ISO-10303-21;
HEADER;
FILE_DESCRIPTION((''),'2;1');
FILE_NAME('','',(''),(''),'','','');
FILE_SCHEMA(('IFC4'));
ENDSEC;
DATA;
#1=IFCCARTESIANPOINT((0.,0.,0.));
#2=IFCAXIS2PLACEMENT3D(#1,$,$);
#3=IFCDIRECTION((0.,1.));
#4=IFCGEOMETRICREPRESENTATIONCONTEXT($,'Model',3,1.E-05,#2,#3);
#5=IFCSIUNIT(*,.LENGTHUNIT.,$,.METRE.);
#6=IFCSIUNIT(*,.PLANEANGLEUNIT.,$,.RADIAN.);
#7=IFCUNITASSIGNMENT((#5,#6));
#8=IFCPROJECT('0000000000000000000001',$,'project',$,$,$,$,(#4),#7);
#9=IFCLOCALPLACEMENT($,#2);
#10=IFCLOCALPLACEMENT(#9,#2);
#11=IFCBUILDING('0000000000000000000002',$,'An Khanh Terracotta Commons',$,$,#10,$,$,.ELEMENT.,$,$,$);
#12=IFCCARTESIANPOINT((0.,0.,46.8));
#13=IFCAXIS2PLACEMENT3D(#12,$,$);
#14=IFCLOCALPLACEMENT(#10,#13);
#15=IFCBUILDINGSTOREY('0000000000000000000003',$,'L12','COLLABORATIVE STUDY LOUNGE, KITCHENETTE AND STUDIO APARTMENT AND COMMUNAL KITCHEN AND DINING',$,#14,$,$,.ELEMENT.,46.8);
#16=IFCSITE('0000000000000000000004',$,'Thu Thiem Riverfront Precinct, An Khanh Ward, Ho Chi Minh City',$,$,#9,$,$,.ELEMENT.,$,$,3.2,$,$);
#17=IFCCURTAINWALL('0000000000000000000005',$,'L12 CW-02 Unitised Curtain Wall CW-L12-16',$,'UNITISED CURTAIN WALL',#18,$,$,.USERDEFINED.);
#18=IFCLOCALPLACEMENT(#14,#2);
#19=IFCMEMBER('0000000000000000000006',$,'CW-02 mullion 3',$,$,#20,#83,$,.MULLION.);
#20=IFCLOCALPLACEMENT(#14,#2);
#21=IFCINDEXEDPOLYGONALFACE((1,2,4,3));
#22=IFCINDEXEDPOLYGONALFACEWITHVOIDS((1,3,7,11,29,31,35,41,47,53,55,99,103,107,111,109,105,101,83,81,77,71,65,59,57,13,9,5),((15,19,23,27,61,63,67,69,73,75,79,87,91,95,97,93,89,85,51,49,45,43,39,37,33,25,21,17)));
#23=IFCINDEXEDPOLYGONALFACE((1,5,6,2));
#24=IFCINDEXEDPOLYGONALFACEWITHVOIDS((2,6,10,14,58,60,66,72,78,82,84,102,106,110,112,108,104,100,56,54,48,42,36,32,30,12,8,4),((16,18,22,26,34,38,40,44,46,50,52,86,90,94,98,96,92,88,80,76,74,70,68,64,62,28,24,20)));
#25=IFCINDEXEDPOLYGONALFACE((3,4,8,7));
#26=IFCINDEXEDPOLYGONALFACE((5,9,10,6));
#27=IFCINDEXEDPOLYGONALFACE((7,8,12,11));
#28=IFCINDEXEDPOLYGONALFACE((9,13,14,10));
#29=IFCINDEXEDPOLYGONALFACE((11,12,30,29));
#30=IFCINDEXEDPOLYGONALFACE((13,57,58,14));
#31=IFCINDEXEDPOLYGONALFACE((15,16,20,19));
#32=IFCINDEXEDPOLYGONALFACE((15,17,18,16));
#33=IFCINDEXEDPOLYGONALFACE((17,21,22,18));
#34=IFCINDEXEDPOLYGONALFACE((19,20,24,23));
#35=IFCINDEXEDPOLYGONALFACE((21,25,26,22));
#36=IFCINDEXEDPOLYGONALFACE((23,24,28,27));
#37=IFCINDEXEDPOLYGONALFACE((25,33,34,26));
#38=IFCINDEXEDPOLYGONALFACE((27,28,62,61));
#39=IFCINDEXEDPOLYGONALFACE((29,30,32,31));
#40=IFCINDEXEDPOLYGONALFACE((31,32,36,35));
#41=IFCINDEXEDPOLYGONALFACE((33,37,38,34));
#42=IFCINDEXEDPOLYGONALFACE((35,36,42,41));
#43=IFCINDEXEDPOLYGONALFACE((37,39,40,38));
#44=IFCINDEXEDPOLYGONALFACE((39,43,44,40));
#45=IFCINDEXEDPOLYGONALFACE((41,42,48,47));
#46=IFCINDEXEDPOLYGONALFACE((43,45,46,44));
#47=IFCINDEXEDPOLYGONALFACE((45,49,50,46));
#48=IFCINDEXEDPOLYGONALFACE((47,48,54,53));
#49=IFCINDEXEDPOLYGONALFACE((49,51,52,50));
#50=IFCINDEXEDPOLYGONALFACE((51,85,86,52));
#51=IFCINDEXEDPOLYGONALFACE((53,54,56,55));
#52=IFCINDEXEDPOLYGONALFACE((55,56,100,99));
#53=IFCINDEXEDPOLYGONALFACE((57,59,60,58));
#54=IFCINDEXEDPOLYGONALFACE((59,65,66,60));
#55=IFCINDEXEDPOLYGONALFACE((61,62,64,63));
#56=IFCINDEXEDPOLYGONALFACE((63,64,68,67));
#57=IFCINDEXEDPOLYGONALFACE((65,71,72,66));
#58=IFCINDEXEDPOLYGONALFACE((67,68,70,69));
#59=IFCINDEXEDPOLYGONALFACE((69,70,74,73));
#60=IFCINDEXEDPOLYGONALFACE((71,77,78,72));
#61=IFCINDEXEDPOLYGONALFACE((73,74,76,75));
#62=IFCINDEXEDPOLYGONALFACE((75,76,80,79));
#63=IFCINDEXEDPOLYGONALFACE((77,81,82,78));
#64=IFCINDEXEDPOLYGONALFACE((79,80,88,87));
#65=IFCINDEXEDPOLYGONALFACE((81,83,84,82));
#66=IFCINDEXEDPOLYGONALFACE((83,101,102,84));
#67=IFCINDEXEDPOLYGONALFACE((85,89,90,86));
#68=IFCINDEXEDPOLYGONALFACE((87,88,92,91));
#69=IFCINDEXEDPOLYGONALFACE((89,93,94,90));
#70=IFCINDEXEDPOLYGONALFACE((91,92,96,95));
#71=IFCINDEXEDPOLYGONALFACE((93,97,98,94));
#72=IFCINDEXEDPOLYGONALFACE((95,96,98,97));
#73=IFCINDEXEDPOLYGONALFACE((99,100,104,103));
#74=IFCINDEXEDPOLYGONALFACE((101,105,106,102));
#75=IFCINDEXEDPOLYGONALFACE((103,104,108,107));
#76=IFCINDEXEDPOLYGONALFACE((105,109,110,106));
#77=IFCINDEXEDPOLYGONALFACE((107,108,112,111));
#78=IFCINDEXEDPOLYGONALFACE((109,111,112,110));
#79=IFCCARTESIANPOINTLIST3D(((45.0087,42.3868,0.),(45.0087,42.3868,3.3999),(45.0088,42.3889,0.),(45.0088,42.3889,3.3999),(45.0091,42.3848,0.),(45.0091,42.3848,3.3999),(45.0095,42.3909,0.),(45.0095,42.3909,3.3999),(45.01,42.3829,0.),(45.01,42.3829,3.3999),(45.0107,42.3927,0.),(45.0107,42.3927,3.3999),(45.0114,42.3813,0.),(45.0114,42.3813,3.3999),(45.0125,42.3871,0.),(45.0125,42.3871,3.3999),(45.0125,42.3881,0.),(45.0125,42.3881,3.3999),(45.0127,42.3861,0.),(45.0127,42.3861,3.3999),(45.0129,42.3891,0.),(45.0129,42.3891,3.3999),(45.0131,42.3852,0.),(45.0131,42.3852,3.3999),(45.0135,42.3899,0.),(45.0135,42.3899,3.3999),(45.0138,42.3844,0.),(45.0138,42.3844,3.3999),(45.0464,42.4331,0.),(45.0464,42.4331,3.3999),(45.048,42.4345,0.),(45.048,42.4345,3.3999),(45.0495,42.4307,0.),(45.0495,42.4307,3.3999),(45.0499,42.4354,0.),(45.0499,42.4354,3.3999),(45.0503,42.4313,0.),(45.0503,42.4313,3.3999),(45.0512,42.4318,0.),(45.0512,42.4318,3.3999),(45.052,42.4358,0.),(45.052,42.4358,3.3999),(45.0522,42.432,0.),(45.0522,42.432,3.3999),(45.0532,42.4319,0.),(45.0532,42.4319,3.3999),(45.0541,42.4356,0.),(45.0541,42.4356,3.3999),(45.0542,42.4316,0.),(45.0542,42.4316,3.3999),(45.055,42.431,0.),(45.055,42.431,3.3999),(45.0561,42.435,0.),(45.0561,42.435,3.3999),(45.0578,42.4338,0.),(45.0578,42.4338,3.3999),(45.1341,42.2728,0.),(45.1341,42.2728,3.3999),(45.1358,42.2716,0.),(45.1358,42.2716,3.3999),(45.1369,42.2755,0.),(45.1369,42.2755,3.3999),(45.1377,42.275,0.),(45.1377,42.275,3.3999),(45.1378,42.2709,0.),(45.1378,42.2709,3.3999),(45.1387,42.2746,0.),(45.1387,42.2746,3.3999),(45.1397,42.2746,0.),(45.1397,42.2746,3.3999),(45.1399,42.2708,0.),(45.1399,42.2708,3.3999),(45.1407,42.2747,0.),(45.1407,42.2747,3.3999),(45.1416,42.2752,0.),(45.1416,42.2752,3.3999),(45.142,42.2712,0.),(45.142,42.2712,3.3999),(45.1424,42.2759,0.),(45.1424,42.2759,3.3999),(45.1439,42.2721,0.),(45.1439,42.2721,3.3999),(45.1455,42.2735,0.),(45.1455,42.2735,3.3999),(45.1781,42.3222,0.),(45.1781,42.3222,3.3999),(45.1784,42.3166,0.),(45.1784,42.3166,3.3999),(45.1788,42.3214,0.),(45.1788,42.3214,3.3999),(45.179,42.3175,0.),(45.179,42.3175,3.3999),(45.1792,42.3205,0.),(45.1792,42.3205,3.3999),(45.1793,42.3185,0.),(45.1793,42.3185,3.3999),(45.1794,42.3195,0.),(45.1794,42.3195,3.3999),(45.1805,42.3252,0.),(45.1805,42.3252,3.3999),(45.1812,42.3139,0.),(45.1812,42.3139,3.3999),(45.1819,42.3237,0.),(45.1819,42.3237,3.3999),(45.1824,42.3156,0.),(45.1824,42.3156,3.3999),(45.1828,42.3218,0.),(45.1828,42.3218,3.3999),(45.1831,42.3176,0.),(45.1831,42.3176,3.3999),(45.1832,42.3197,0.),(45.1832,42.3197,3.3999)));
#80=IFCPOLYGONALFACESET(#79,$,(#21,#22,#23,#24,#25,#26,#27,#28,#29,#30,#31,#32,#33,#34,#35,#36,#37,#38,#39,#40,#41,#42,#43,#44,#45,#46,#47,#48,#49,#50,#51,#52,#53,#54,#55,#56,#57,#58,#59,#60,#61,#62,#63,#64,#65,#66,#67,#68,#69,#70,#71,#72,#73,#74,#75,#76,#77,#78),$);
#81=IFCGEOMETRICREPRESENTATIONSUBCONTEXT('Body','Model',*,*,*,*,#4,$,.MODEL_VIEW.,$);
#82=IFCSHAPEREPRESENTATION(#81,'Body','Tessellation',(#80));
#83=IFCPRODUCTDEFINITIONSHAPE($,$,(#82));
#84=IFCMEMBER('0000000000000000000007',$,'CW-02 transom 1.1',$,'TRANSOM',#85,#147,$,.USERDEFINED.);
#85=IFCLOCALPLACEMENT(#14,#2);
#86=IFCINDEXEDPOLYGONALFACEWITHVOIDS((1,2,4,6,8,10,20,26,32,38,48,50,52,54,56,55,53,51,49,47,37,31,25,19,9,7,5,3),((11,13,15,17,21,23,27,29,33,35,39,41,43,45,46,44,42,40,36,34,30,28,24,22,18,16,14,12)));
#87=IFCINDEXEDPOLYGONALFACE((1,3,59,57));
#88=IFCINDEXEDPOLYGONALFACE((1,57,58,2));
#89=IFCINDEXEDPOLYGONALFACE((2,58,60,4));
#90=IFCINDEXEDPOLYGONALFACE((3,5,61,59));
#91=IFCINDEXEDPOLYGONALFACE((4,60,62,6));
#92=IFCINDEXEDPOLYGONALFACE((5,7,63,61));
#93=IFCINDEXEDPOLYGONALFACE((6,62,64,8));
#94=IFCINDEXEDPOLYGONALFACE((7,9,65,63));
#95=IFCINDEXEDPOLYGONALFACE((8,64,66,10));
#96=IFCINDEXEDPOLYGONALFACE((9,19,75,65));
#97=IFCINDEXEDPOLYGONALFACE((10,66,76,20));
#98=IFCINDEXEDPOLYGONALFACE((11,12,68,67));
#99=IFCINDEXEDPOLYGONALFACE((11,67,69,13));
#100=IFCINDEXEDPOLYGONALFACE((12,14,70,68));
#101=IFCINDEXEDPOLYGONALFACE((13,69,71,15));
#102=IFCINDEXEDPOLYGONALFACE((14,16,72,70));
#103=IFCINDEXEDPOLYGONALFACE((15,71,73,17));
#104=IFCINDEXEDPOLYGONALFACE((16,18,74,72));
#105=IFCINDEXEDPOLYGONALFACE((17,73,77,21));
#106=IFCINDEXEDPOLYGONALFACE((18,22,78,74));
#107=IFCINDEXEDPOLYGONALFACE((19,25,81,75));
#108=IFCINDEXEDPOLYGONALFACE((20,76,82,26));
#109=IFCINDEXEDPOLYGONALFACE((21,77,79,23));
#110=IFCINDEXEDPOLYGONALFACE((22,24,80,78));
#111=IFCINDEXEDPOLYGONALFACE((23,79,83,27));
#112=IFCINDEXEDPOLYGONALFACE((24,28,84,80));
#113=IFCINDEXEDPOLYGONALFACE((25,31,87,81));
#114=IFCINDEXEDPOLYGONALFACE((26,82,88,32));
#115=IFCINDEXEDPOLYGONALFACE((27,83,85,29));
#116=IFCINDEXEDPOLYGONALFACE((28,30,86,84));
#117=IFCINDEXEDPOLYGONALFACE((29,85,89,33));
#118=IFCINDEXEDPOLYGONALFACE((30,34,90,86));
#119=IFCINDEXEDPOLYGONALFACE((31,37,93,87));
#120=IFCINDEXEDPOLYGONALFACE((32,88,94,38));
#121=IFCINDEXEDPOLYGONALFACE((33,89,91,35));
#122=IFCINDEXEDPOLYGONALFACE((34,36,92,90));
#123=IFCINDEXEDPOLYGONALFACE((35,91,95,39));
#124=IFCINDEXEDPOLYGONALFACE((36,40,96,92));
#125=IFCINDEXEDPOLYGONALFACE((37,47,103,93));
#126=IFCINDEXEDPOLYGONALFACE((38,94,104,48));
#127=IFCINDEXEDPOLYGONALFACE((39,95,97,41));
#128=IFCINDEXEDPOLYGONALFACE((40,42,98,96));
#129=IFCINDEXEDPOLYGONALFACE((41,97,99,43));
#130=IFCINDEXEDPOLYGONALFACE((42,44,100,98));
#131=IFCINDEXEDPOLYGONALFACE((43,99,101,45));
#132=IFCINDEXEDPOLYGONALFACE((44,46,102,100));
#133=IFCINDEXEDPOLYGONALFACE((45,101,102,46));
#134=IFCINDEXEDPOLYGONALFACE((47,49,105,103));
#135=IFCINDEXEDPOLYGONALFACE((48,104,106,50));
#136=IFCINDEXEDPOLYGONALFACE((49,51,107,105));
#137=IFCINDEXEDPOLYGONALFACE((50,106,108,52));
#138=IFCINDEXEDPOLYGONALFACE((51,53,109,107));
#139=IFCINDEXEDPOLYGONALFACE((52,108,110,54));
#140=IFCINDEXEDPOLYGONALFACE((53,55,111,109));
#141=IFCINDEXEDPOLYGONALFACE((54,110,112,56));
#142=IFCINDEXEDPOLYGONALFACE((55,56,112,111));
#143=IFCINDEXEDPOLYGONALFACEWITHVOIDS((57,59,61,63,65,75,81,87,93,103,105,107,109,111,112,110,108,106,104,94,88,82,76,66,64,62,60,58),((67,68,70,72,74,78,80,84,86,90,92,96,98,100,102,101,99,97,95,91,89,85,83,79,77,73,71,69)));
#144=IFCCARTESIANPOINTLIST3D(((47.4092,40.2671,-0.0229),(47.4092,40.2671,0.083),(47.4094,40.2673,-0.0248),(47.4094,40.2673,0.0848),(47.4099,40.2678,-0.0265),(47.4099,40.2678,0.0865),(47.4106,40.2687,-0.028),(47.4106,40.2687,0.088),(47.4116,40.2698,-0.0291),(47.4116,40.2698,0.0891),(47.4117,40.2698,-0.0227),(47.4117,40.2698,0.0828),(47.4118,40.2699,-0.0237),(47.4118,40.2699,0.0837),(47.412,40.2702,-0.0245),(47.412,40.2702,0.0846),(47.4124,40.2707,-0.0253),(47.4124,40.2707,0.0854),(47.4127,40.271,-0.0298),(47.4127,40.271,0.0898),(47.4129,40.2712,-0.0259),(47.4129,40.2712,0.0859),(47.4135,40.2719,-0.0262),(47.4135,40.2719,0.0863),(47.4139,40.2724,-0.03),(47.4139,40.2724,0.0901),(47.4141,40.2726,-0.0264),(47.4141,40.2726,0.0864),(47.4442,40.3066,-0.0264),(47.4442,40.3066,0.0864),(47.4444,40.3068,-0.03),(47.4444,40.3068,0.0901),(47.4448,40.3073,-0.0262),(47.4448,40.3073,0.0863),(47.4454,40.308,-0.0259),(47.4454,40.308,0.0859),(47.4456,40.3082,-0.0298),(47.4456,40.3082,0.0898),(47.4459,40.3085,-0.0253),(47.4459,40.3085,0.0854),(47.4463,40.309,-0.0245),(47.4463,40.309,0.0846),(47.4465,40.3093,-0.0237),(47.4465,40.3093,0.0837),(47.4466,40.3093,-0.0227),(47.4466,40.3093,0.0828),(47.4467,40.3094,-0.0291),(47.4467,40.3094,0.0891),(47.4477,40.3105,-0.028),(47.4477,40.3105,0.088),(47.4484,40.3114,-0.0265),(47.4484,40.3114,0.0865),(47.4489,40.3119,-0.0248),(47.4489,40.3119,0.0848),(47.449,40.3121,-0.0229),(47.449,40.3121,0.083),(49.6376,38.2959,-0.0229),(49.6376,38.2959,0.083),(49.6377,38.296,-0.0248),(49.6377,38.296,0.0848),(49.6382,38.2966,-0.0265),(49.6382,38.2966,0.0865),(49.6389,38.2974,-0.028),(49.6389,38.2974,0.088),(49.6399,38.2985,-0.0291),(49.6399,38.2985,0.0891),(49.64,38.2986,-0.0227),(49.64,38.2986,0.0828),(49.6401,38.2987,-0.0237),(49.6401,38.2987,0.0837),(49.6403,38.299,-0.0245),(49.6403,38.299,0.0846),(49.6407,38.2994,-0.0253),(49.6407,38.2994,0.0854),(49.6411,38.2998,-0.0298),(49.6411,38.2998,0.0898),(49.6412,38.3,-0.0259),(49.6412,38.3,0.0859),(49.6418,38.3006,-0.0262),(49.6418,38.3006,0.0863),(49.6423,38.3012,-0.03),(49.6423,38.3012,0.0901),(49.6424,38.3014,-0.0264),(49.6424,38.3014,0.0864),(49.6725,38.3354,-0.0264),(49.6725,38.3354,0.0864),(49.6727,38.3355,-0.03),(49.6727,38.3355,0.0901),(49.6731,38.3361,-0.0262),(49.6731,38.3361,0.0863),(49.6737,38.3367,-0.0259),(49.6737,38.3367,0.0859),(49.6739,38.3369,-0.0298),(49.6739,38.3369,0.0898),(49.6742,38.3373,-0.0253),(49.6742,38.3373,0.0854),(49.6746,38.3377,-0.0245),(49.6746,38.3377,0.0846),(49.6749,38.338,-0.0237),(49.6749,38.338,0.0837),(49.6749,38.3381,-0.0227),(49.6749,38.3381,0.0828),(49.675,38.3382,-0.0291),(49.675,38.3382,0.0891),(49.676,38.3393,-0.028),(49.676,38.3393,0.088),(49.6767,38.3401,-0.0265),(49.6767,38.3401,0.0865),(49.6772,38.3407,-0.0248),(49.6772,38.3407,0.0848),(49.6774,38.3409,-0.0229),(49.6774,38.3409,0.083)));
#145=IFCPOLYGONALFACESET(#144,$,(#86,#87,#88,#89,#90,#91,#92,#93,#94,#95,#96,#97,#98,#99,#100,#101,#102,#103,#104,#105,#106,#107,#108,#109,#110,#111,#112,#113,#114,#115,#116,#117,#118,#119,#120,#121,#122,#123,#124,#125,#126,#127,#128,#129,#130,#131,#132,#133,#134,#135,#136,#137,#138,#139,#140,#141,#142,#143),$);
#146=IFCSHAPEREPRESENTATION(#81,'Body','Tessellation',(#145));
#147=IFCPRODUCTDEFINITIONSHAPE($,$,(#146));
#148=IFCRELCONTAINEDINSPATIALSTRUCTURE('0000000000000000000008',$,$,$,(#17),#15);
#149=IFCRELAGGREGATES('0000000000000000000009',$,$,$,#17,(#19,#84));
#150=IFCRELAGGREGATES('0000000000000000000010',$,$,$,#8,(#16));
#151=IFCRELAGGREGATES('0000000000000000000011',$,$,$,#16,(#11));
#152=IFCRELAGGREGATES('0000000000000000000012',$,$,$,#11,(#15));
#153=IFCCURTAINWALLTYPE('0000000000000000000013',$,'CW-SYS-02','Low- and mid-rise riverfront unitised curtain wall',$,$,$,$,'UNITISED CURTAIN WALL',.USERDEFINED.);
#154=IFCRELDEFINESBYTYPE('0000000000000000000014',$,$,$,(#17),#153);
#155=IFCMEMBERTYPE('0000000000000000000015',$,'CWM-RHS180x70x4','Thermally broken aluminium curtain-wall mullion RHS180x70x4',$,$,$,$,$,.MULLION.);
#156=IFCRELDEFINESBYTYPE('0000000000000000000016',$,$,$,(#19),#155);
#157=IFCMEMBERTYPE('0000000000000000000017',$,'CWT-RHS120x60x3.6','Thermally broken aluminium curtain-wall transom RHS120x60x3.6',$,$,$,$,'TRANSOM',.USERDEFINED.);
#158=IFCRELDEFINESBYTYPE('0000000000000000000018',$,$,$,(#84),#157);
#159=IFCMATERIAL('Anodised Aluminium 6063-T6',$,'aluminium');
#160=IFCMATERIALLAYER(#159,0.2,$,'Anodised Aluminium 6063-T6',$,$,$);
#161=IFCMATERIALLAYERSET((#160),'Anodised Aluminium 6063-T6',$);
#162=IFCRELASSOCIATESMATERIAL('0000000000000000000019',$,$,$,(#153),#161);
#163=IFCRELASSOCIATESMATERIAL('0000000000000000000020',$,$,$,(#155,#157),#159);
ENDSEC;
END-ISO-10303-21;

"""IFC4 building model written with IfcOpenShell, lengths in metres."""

from ifc_helpers import new_model, si_unit, direction, frame, origin, origin_2d, place, context, subcontext, project, spatial, hollow_rectangle, extrude, material, layer, layer_set, material_profile, profile_set, type_object, element, aggregate, save


model = new_model("IFC4")

# Units and contexts
model_context = context("Model", 3, precision=1e-05, world=origin(), true_north=direction((0.0, 1.0)))
body_context = subcontext(model_context, "Body", "Model", "MODEL_VIEW")
ifc_project = project(units=[si_unit("LENGTHUNIT", "METRE"), si_unit("PLANEANGLEUNIT", "RADIAN")], contexts=[model_context])

# Site, building, storey
site_placement = place(None, origin())
site = spatial("IfcSite", under=ifc_project, at=site_placement, Name="Thu Thiem Riverfront Precinct, An Khanh Ward, Ho Chi Minh City", CompositionType="ELEMENT", RefElevation=3.2)
building_placement = place(site_placement, origin())
building = spatial("IfcBuilding", under=site, at=building_placement, Name="An Khanh Terracotta Commons", CompositionType="ELEMENT")
storey_placement = place(building_placement, frame((0.0, 0.0, 46.8)))
storey = spatial("IfcBuildingStorey", under=building, at=storey_placement, Name="L12", Description="COLLABORATIVE STUDY LOUNGE, KITCHENETTE AND STUDIO APARTMENT AND COMMUNAL KITCHEN AND DINING", CompositionType="ELEMENT", Elevation=46.8)

# Curtain wall, members
ifc_material_1 = material(Name="Anodised Aluminium 6063-T6", Category="aluminium")
ifc_layer_1 = layer(ifc_material_1, 0.2, Name="Anodised Aluminium 6063-T6")
ifc_layer_set_1 = layer_set([ifc_layer_1], Name="Anodised Aluminium 6063-T6")
curtain_wall_type = type_object("IfcCurtainWallType", Name="CW-SYS-02", Description="Low- and mid-rise riverfront unitised curtain wall", ElementType="UNITISED CURTAIN WALL", PredefinedType="USERDEFINED", material=ifc_layer_set_1)
curtain_wall_placement = place(storey_placement, origin())
curtain_wall = element("IfcCurtainWall", 1, at=curtain_wall_placement, inside=storey, type_object=curtain_wall_type, Name="L12 CW-02 Unitised Curtain Wall CW-L12-16", ObjectType="UNITISED CURTAIN WALL", PredefinedType="USERDEFINED")
ifc_material_profile_1 = material_profile(ifc_material_1, hollow_rectangle(XDim=0.0701, YDim=0.1799, WallThickness=0.0039, InnerFilletRadius=0.0039, OuterFilletRadius=0.0081, at=origin_2d()), Name="RHS180x70x4")
ifc_profile_set_1 = profile_set([ifc_material_profile_1], Name="Anodised Aluminium 6063-T6")
member_type_1 = type_object("IfcMemberType", Name="CWM-RHS180x70x4", Description="Thermally broken aluminium curtain-wall mullion RHS180x70x4", PredefinedType="MULLION", material=ifc_profile_set_1)
member_1_placement = place(storey_placement, frame((45.0959, 42.3533, 0.0), z_axis=(0.0, 0.0, 1.0), x_axis=(-0.662548, -0.749019, 0.0)))
member_1 = element("IfcMember", 2, at=member_1_placement, type_object=member_type_1, Name="CW-02 mullion 3", PredefinedType="MULLION", context=body_context, shape_type="SweptSolid", body=[
    extrude(hollow_rectangle(XDim=0.0701, YDim=0.1799, WallThickness=0.0039, InnerFilletRadius=0.0039, OuterFilletRadius=0.0081, at=origin_2d()), origin(), (0.0, 0.0, 1.0), 3.3999),
])
ifc_material_profile_2 = material_profile(ifc_material_1, hollow_rectangle(XDim=0.0601, YDim=0.1201, WallThickness=0.0037, InnerFilletRadius=0.0037, OuterFilletRadius=0.0071, at=origin_2d()), Name="RHS120x60x3.6")
ifc_profile_set_2 = profile_set([ifc_material_profile_2], Name="Anodised Aluminium 6063-T6")
member_type_2 = type_object("IfcMemberType", Name="CWT-RHS120x60x3.6", Description="Thermally broken aluminium curtain-wall transom RHS120x60x3.6", ElementType="TRANSOM", PredefinedType="USERDEFINED", material=ifc_profile_set_2)
member_2_placement = place(storey_placement, frame((49.6575, 38.3184, 0.03), z_axis=(-0.748992, 0.662579, 0.0), x_axis=(-0.662579, -0.748992, 0.0)))
member_2 = element("IfcMember", 3, at=member_2_placement, type_object=member_type_2, Name="CW-02 transom 1.1", ObjectType="TRANSOM", PredefinedType="USERDEFINED", context=body_context, shape_type="SweptSolid", body=[
    extrude(hollow_rectangle(XDim=0.0601, YDim=0.1201, WallThickness=0.0037, InnerFilletRadius=0.0037, OuterFilletRadius=0.0071, at=origin_2d()), origin(), (0.0, 0.0, 1.0), 2.9751),
])
aggregate(curtain_wall, [member_1, member_2])

save(model, "model.ifc")
